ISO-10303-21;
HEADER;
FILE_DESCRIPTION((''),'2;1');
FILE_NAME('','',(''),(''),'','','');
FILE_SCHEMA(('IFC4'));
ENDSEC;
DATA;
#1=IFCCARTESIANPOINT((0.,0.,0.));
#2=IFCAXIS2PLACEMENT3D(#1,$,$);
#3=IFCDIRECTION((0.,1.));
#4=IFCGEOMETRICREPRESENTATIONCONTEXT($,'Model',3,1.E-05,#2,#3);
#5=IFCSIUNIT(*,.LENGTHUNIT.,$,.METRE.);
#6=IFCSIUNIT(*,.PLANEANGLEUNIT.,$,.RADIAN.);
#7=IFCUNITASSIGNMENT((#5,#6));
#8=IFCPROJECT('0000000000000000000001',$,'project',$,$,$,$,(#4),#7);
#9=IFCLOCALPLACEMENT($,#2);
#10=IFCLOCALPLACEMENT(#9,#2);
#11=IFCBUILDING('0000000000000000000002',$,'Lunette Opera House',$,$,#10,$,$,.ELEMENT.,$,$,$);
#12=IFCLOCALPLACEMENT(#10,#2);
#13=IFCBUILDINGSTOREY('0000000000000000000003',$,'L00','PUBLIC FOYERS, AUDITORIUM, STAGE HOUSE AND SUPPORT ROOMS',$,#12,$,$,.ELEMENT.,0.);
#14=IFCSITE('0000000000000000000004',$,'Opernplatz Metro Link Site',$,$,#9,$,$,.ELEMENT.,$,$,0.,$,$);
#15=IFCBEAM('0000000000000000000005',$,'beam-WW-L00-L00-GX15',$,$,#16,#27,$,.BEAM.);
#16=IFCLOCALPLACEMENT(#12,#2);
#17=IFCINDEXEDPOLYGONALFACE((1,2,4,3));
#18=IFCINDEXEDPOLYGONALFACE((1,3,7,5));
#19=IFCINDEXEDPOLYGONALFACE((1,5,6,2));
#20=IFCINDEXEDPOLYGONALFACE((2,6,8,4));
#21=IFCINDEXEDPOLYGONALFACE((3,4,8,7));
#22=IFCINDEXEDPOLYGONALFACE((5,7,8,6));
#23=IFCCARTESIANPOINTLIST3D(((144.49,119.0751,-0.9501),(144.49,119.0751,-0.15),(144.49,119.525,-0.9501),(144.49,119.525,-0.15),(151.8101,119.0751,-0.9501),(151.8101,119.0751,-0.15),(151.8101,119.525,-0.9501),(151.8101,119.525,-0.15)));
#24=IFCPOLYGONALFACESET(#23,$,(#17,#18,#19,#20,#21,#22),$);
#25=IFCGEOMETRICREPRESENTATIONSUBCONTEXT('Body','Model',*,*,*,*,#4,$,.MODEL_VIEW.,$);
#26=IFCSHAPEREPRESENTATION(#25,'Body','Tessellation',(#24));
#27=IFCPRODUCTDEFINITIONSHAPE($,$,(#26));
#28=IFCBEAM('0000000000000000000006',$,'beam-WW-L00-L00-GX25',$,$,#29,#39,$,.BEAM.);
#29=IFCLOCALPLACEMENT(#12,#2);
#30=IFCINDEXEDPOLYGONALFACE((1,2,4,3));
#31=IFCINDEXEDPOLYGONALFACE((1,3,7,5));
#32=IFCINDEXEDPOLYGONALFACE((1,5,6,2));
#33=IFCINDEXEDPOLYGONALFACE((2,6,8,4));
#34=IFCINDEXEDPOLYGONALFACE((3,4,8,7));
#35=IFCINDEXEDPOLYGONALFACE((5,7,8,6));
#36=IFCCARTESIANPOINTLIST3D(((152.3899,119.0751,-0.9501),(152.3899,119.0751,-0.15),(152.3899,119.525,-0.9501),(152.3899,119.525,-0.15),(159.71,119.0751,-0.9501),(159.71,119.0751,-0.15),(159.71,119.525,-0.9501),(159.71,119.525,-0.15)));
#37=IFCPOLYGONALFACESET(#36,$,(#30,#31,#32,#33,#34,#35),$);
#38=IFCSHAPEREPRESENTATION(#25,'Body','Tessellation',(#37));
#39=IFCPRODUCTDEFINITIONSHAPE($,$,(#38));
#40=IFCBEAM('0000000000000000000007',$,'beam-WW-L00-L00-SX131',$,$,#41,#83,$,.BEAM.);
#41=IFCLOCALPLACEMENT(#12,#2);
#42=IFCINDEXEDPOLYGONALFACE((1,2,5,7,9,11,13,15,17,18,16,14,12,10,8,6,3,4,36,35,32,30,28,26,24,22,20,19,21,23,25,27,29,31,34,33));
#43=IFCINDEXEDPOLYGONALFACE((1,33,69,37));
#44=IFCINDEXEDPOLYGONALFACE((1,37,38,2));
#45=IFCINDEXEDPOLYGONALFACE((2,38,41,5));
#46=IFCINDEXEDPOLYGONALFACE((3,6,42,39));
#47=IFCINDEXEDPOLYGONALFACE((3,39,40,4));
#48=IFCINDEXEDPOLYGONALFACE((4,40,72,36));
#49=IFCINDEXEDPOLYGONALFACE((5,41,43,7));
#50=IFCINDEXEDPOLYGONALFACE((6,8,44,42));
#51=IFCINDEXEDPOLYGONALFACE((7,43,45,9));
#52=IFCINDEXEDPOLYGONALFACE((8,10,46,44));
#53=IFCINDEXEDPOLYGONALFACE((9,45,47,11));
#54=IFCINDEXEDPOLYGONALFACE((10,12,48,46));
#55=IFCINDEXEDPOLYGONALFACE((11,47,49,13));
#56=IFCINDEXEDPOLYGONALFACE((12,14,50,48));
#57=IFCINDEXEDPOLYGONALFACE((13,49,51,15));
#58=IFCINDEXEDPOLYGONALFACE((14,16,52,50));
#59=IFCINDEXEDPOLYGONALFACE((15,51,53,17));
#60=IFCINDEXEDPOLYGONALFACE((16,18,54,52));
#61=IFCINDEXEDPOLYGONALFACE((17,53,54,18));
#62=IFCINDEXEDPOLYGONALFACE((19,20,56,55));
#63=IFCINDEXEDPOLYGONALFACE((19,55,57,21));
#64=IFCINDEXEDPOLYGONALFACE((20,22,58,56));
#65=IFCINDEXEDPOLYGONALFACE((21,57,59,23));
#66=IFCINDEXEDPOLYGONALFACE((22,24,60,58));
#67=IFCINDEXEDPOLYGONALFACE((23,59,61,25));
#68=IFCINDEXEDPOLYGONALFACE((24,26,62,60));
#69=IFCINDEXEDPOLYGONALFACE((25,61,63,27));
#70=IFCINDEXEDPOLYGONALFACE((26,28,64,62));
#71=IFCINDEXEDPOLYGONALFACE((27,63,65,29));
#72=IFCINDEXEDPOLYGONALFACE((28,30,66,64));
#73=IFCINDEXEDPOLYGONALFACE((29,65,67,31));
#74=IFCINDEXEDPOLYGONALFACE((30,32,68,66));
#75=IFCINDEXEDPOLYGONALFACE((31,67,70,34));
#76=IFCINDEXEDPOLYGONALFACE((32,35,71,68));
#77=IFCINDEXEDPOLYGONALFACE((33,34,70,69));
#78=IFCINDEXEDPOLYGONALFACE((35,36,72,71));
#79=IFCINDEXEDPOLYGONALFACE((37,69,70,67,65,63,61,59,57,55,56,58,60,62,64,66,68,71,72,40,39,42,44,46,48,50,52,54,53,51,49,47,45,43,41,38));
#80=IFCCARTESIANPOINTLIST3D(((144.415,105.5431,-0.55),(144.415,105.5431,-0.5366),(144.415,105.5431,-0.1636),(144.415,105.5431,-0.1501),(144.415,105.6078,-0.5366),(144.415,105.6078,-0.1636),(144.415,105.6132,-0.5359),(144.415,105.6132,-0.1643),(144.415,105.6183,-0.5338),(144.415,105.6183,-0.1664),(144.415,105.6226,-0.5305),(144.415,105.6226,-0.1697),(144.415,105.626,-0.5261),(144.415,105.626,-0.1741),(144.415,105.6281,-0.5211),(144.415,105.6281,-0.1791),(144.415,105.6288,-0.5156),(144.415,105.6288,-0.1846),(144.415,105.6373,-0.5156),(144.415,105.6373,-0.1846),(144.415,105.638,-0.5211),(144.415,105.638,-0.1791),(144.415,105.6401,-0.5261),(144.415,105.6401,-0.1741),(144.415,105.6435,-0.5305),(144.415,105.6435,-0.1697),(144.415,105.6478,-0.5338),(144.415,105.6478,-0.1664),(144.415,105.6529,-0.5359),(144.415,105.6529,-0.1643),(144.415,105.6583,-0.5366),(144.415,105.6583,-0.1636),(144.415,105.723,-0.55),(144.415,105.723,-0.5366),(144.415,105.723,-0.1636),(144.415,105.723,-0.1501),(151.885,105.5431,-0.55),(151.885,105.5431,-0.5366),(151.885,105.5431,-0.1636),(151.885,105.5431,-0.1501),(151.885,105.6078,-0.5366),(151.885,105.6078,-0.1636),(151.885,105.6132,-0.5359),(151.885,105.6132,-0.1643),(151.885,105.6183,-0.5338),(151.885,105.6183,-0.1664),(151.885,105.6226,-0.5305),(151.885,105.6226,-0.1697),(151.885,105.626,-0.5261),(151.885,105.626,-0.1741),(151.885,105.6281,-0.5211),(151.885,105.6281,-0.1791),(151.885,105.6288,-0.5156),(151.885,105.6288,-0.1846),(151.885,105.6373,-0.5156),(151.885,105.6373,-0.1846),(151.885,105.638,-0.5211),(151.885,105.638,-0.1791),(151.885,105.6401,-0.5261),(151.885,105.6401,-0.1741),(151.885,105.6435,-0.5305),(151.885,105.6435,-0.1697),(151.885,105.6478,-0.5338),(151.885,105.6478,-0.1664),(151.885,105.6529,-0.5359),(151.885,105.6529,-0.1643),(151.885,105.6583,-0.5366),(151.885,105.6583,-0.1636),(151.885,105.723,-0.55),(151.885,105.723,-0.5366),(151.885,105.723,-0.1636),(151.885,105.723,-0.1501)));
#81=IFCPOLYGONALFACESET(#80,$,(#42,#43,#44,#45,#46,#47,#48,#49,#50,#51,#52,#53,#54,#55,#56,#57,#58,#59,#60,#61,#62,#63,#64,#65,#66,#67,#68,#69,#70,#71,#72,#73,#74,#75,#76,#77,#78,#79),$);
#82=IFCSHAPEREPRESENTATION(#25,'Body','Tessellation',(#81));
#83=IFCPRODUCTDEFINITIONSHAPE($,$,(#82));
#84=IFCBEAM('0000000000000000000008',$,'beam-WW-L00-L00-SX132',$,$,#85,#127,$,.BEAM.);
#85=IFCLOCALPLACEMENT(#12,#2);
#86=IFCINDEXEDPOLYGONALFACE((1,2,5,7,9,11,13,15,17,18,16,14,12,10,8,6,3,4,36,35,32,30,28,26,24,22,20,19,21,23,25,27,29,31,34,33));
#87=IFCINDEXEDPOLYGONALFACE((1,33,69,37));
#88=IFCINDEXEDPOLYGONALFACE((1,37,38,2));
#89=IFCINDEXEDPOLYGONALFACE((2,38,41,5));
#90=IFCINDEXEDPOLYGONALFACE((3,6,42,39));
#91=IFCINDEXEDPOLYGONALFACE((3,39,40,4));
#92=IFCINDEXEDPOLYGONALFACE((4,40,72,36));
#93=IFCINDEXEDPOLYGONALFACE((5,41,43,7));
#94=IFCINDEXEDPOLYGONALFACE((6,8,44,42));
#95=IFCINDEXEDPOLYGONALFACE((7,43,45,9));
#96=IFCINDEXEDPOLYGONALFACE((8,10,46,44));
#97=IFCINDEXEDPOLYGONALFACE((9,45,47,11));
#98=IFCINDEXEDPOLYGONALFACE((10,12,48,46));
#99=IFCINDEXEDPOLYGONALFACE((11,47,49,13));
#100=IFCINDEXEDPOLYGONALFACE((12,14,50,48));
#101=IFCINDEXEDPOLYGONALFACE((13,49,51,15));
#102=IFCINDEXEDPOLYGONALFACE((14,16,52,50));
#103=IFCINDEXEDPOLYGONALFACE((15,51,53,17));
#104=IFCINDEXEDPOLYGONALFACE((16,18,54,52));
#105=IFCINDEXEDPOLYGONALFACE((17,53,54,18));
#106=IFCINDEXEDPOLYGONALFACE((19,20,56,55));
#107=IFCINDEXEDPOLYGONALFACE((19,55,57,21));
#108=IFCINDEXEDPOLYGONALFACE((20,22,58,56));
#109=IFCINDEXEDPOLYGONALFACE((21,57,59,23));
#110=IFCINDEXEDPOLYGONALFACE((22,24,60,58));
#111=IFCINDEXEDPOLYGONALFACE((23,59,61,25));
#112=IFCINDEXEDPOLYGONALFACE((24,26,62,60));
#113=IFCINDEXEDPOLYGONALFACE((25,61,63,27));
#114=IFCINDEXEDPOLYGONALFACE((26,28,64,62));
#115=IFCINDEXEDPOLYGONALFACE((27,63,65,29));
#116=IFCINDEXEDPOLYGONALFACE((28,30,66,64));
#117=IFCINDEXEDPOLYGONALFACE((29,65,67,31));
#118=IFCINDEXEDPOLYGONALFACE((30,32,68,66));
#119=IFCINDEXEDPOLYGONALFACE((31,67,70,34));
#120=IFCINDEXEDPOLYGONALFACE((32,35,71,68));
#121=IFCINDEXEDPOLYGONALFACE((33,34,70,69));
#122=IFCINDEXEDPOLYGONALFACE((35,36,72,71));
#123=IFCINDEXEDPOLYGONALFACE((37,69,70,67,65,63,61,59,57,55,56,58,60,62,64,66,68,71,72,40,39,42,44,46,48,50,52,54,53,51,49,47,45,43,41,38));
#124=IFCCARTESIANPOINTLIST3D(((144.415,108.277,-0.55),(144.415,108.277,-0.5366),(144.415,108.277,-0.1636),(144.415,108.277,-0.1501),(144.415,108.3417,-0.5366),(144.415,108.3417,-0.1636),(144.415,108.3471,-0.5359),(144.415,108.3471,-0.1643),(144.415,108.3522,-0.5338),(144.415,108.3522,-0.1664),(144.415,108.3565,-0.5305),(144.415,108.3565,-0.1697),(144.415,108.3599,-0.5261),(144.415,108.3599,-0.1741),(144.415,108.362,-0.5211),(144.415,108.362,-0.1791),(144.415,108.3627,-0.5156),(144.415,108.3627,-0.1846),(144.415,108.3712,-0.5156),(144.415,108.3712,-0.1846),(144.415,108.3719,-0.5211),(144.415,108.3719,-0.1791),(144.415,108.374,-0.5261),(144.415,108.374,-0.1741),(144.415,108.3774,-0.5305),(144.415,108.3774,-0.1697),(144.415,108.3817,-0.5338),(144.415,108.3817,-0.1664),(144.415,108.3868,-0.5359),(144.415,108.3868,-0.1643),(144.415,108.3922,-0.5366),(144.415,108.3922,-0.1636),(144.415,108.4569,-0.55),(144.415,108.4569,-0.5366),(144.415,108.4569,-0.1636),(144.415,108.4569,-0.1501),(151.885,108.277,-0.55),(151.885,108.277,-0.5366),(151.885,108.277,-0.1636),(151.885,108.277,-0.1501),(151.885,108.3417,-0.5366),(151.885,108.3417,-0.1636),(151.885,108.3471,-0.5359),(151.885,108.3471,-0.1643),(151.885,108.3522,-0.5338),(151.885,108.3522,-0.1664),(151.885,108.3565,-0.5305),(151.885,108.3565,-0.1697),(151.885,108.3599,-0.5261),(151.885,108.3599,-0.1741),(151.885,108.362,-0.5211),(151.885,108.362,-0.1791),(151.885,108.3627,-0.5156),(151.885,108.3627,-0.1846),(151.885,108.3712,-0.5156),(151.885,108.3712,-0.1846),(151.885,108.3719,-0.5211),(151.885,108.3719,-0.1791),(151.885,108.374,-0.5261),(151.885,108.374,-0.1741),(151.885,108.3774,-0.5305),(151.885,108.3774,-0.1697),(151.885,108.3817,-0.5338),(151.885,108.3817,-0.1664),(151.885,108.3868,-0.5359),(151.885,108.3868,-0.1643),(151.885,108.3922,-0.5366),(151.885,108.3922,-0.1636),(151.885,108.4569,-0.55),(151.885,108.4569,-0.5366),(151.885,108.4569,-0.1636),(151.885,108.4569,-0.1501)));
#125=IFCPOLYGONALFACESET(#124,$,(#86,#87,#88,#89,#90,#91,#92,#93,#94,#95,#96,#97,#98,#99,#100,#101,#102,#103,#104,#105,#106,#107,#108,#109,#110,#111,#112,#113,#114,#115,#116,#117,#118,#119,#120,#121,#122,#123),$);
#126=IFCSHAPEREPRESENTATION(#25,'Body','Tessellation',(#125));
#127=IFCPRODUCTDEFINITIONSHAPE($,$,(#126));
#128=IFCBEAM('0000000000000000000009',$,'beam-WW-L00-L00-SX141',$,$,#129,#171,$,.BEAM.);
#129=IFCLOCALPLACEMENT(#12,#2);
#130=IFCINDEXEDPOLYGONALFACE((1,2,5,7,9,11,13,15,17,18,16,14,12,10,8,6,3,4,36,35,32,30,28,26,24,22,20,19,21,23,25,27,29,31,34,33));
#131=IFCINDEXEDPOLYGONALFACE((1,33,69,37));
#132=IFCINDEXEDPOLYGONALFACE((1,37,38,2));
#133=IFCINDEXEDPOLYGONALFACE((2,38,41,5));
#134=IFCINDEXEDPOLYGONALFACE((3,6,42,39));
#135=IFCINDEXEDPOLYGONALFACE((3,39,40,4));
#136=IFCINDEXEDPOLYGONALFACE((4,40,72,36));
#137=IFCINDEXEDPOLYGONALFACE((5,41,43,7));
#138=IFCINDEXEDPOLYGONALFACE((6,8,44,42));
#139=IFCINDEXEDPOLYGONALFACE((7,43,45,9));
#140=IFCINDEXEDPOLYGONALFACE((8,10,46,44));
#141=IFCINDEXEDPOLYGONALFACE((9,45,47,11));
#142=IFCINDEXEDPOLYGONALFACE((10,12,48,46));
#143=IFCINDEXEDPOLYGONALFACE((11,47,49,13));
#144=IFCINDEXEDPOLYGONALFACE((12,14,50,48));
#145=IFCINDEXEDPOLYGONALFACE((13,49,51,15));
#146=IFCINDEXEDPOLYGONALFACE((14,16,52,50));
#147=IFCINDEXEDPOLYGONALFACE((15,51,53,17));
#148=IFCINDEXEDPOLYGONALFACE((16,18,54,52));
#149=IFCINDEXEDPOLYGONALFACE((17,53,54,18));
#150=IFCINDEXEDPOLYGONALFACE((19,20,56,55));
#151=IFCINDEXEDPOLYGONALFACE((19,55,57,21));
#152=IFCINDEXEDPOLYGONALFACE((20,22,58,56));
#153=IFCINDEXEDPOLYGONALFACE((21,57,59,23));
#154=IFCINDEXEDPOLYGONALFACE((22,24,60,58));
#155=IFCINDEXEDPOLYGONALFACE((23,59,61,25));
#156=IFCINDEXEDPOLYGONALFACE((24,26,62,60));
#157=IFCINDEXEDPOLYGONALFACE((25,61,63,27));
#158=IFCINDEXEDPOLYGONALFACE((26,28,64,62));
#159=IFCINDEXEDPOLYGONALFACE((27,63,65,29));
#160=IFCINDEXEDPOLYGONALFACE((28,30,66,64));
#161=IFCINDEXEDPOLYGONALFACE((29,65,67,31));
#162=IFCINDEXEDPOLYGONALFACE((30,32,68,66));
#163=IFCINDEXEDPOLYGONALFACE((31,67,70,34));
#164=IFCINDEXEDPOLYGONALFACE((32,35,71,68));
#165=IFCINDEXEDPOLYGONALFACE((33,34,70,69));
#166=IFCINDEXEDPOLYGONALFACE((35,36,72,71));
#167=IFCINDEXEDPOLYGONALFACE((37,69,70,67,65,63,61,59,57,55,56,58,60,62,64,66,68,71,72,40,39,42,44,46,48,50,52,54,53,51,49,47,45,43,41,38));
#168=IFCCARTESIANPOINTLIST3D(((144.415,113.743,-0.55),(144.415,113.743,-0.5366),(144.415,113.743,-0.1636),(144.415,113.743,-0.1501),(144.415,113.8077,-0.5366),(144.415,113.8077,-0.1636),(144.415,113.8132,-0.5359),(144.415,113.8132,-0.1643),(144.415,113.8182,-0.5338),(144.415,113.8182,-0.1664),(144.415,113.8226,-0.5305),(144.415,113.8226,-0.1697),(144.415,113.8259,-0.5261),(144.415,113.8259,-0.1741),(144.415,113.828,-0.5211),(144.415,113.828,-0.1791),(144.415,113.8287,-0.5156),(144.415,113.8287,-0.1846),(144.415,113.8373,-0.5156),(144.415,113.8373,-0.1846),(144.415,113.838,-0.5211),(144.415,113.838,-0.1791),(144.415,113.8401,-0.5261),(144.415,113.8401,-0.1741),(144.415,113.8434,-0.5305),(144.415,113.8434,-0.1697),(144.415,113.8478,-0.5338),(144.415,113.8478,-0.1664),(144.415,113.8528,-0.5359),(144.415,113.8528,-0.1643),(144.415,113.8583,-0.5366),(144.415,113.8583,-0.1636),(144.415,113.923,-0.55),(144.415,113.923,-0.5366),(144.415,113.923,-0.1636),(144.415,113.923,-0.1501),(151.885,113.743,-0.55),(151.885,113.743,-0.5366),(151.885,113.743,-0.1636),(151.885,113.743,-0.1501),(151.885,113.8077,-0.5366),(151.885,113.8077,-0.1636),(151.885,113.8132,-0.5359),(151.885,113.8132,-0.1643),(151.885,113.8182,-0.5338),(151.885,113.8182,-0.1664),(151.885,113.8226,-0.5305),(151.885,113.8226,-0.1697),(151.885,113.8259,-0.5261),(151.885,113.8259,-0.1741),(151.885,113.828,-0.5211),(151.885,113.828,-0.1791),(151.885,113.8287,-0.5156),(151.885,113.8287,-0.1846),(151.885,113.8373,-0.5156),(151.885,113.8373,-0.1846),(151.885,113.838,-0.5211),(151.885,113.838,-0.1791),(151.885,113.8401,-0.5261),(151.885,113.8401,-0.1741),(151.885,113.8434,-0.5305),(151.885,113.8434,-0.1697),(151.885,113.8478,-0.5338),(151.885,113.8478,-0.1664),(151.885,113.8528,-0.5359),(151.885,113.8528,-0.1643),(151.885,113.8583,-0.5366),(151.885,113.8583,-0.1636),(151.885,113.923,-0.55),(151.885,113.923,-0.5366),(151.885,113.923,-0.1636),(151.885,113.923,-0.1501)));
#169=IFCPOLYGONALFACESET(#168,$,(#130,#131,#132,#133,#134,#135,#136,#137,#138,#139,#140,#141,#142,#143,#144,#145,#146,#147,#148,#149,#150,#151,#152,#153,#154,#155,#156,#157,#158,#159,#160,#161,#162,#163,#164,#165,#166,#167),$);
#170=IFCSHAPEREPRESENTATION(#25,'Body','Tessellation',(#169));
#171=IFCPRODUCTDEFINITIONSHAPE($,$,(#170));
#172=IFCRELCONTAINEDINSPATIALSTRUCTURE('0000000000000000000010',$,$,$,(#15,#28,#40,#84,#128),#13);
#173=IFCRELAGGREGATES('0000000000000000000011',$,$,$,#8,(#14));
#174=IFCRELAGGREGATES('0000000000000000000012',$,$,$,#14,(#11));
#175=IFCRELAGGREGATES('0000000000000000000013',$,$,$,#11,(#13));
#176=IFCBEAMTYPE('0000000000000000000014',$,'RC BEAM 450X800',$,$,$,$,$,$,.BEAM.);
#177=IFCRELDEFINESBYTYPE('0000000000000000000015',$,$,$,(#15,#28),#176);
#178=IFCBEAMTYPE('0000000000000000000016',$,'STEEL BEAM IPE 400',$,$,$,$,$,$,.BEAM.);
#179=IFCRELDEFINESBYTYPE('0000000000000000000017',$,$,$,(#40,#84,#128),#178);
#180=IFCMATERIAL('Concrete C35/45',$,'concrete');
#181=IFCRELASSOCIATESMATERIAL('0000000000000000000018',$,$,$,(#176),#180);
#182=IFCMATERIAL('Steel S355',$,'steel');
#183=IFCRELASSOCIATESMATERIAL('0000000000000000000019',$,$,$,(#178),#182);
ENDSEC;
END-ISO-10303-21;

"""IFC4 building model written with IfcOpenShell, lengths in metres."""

from ifc_helpers import new_model, si_unit, direction, frame, origin, origin_2d, place, context, subcontext, project, spatial, rectangle, i_section, extrude, material, material_profile, profile_set, type_object, element, save


model = new_model("IFC4")

# Units and contexts
model_context = context("Model", 3, precision=1e-05, world=origin(), true_north=direction((0.0, 1.0)))
body_context = subcontext(model_context, "Body", "Model", "MODEL_VIEW")
ifc_project = project(units=[si_unit("LENGTHUNIT", "METRE"), si_unit("PLANEANGLEUNIT", "RADIAN")], contexts=[model_context])

# Site, building, storey
site_placement = place(None, origin())
site = spatial("IfcSite", under=ifc_project, at=site_placement, Name="Opernplatz Metro Link Site", CompositionType="ELEMENT", RefElevation=0.0)
building_placement = place(site_placement, origin())
building = spatial("IfcBuilding", under=site, at=building_placement, Name="Lunette Opera House", CompositionType="ELEMENT")
storey_placement = place(building_placement, origin())
storey = spatial("IfcBuildingStorey", under=building, at=storey_placement, Name="L00", Description="PUBLIC FOYERS, AUDITORIUM, STAGE HOUSE AND SUPPORT ROOMS", CompositionType="ELEMENT", Elevation=0.0)

# Beams
ifc_material_1 = material(Name="Concrete C35/45", Category="concrete")
ifc_material_profile_1 = material_profile(ifc_material_1, rectangle(XDim=0.45, YDim=0.8, at=origin_2d()), Name="RC BEAM 450X800")
ifc_profile_set_1 = profile_set([ifc_material_profile_1], Name="Concrete C35/45")
beam_type_1 = type_object("IfcBeamType", Name="RC BEAM 450X800", PredefinedType="BEAM", material=ifc_profile_set_1)
for number, where, z_axis, x_axis, name in (
    (1, (144.49, 119.3, -0.55), (1.0, 0.0, 0.0), (0.0, 1.0, 0.0), "beam-WW-L00-L00-GX15"),
    (2, (152.3899, 119.3, -0.55), (1.0, 0.0, 0.0), (0.0, 1.0, 0.0), "beam-WW-L00-L00-GX25"),
):
    element("IfcBeam", number, at=place(storey_placement, frame(where, z_axis=z_axis, x_axis=x_axis)), inside=storey, type_object=beam_type_1, Name=name, PredefinedType="BEAM", context=body_context, shape_type="SweptSolid", body=[
        extrude(rectangle(XDim=0.45, YDim=0.8, at=origin_2d()), origin(), (0.0, 0.0, 1.0), 7.3201),
    ])
ifc_material_2 = material(Name="Steel S355", Category="steel")
ifc_material_profile_2 = material_profile(ifc_material_2, i_section(OverallWidth=0.1799, OverallDepth=0.3999, WebThickness=0.0085, FlangeThickness=0.0134, FilletRadius=0.021, at=origin_2d()), Name="IPE 400")
ifc_profile_set_2 = profile_set([ifc_material_profile_2], Name="Steel S355")
beam_type_2 = type_object("IfcBeamType", Name="STEEL BEAM IPE 400", PredefinedType="BEAM", material=ifc_profile_set_2)
for number, where, z_axis, x_axis, name in (
    (3, (144.415, 105.6331, -0.3501), (1.0, 0.0, 0.0), (0.0, 1.0, 0.0), "beam-WW-L00-L00-SX131"),
    (4, (144.415, 108.3669, -0.3501), (1.0, 0.0, 0.0), (0.0, 1.0, 0.0), "beam-WW-L00-L00-SX132"),
    (5, (144.415, 113.833, -0.3501), (1.0, 0.0, 0.0), (0.0, 1.0, 0.0), "beam-WW-L00-L00-SX141"),
):
    element("IfcBeam", number, at=place(storey_placement, frame(where, z_axis=z_axis, x_axis=x_axis)), inside=storey, type_object=beam_type_2, Name=name, PredefinedType="BEAM", context=body_context, shape_type="SweptSolid", body=[
        extrude(i_section(OverallWidth=0.1799, OverallDepth=0.3999, WebThickness=0.0085, FlangeThickness=0.0134, FilletRadius=0.021, at=origin_2d()), origin(), (0.0, 0.0, 1.0), 7.47),
    ])

save(model, "model.ifc")
